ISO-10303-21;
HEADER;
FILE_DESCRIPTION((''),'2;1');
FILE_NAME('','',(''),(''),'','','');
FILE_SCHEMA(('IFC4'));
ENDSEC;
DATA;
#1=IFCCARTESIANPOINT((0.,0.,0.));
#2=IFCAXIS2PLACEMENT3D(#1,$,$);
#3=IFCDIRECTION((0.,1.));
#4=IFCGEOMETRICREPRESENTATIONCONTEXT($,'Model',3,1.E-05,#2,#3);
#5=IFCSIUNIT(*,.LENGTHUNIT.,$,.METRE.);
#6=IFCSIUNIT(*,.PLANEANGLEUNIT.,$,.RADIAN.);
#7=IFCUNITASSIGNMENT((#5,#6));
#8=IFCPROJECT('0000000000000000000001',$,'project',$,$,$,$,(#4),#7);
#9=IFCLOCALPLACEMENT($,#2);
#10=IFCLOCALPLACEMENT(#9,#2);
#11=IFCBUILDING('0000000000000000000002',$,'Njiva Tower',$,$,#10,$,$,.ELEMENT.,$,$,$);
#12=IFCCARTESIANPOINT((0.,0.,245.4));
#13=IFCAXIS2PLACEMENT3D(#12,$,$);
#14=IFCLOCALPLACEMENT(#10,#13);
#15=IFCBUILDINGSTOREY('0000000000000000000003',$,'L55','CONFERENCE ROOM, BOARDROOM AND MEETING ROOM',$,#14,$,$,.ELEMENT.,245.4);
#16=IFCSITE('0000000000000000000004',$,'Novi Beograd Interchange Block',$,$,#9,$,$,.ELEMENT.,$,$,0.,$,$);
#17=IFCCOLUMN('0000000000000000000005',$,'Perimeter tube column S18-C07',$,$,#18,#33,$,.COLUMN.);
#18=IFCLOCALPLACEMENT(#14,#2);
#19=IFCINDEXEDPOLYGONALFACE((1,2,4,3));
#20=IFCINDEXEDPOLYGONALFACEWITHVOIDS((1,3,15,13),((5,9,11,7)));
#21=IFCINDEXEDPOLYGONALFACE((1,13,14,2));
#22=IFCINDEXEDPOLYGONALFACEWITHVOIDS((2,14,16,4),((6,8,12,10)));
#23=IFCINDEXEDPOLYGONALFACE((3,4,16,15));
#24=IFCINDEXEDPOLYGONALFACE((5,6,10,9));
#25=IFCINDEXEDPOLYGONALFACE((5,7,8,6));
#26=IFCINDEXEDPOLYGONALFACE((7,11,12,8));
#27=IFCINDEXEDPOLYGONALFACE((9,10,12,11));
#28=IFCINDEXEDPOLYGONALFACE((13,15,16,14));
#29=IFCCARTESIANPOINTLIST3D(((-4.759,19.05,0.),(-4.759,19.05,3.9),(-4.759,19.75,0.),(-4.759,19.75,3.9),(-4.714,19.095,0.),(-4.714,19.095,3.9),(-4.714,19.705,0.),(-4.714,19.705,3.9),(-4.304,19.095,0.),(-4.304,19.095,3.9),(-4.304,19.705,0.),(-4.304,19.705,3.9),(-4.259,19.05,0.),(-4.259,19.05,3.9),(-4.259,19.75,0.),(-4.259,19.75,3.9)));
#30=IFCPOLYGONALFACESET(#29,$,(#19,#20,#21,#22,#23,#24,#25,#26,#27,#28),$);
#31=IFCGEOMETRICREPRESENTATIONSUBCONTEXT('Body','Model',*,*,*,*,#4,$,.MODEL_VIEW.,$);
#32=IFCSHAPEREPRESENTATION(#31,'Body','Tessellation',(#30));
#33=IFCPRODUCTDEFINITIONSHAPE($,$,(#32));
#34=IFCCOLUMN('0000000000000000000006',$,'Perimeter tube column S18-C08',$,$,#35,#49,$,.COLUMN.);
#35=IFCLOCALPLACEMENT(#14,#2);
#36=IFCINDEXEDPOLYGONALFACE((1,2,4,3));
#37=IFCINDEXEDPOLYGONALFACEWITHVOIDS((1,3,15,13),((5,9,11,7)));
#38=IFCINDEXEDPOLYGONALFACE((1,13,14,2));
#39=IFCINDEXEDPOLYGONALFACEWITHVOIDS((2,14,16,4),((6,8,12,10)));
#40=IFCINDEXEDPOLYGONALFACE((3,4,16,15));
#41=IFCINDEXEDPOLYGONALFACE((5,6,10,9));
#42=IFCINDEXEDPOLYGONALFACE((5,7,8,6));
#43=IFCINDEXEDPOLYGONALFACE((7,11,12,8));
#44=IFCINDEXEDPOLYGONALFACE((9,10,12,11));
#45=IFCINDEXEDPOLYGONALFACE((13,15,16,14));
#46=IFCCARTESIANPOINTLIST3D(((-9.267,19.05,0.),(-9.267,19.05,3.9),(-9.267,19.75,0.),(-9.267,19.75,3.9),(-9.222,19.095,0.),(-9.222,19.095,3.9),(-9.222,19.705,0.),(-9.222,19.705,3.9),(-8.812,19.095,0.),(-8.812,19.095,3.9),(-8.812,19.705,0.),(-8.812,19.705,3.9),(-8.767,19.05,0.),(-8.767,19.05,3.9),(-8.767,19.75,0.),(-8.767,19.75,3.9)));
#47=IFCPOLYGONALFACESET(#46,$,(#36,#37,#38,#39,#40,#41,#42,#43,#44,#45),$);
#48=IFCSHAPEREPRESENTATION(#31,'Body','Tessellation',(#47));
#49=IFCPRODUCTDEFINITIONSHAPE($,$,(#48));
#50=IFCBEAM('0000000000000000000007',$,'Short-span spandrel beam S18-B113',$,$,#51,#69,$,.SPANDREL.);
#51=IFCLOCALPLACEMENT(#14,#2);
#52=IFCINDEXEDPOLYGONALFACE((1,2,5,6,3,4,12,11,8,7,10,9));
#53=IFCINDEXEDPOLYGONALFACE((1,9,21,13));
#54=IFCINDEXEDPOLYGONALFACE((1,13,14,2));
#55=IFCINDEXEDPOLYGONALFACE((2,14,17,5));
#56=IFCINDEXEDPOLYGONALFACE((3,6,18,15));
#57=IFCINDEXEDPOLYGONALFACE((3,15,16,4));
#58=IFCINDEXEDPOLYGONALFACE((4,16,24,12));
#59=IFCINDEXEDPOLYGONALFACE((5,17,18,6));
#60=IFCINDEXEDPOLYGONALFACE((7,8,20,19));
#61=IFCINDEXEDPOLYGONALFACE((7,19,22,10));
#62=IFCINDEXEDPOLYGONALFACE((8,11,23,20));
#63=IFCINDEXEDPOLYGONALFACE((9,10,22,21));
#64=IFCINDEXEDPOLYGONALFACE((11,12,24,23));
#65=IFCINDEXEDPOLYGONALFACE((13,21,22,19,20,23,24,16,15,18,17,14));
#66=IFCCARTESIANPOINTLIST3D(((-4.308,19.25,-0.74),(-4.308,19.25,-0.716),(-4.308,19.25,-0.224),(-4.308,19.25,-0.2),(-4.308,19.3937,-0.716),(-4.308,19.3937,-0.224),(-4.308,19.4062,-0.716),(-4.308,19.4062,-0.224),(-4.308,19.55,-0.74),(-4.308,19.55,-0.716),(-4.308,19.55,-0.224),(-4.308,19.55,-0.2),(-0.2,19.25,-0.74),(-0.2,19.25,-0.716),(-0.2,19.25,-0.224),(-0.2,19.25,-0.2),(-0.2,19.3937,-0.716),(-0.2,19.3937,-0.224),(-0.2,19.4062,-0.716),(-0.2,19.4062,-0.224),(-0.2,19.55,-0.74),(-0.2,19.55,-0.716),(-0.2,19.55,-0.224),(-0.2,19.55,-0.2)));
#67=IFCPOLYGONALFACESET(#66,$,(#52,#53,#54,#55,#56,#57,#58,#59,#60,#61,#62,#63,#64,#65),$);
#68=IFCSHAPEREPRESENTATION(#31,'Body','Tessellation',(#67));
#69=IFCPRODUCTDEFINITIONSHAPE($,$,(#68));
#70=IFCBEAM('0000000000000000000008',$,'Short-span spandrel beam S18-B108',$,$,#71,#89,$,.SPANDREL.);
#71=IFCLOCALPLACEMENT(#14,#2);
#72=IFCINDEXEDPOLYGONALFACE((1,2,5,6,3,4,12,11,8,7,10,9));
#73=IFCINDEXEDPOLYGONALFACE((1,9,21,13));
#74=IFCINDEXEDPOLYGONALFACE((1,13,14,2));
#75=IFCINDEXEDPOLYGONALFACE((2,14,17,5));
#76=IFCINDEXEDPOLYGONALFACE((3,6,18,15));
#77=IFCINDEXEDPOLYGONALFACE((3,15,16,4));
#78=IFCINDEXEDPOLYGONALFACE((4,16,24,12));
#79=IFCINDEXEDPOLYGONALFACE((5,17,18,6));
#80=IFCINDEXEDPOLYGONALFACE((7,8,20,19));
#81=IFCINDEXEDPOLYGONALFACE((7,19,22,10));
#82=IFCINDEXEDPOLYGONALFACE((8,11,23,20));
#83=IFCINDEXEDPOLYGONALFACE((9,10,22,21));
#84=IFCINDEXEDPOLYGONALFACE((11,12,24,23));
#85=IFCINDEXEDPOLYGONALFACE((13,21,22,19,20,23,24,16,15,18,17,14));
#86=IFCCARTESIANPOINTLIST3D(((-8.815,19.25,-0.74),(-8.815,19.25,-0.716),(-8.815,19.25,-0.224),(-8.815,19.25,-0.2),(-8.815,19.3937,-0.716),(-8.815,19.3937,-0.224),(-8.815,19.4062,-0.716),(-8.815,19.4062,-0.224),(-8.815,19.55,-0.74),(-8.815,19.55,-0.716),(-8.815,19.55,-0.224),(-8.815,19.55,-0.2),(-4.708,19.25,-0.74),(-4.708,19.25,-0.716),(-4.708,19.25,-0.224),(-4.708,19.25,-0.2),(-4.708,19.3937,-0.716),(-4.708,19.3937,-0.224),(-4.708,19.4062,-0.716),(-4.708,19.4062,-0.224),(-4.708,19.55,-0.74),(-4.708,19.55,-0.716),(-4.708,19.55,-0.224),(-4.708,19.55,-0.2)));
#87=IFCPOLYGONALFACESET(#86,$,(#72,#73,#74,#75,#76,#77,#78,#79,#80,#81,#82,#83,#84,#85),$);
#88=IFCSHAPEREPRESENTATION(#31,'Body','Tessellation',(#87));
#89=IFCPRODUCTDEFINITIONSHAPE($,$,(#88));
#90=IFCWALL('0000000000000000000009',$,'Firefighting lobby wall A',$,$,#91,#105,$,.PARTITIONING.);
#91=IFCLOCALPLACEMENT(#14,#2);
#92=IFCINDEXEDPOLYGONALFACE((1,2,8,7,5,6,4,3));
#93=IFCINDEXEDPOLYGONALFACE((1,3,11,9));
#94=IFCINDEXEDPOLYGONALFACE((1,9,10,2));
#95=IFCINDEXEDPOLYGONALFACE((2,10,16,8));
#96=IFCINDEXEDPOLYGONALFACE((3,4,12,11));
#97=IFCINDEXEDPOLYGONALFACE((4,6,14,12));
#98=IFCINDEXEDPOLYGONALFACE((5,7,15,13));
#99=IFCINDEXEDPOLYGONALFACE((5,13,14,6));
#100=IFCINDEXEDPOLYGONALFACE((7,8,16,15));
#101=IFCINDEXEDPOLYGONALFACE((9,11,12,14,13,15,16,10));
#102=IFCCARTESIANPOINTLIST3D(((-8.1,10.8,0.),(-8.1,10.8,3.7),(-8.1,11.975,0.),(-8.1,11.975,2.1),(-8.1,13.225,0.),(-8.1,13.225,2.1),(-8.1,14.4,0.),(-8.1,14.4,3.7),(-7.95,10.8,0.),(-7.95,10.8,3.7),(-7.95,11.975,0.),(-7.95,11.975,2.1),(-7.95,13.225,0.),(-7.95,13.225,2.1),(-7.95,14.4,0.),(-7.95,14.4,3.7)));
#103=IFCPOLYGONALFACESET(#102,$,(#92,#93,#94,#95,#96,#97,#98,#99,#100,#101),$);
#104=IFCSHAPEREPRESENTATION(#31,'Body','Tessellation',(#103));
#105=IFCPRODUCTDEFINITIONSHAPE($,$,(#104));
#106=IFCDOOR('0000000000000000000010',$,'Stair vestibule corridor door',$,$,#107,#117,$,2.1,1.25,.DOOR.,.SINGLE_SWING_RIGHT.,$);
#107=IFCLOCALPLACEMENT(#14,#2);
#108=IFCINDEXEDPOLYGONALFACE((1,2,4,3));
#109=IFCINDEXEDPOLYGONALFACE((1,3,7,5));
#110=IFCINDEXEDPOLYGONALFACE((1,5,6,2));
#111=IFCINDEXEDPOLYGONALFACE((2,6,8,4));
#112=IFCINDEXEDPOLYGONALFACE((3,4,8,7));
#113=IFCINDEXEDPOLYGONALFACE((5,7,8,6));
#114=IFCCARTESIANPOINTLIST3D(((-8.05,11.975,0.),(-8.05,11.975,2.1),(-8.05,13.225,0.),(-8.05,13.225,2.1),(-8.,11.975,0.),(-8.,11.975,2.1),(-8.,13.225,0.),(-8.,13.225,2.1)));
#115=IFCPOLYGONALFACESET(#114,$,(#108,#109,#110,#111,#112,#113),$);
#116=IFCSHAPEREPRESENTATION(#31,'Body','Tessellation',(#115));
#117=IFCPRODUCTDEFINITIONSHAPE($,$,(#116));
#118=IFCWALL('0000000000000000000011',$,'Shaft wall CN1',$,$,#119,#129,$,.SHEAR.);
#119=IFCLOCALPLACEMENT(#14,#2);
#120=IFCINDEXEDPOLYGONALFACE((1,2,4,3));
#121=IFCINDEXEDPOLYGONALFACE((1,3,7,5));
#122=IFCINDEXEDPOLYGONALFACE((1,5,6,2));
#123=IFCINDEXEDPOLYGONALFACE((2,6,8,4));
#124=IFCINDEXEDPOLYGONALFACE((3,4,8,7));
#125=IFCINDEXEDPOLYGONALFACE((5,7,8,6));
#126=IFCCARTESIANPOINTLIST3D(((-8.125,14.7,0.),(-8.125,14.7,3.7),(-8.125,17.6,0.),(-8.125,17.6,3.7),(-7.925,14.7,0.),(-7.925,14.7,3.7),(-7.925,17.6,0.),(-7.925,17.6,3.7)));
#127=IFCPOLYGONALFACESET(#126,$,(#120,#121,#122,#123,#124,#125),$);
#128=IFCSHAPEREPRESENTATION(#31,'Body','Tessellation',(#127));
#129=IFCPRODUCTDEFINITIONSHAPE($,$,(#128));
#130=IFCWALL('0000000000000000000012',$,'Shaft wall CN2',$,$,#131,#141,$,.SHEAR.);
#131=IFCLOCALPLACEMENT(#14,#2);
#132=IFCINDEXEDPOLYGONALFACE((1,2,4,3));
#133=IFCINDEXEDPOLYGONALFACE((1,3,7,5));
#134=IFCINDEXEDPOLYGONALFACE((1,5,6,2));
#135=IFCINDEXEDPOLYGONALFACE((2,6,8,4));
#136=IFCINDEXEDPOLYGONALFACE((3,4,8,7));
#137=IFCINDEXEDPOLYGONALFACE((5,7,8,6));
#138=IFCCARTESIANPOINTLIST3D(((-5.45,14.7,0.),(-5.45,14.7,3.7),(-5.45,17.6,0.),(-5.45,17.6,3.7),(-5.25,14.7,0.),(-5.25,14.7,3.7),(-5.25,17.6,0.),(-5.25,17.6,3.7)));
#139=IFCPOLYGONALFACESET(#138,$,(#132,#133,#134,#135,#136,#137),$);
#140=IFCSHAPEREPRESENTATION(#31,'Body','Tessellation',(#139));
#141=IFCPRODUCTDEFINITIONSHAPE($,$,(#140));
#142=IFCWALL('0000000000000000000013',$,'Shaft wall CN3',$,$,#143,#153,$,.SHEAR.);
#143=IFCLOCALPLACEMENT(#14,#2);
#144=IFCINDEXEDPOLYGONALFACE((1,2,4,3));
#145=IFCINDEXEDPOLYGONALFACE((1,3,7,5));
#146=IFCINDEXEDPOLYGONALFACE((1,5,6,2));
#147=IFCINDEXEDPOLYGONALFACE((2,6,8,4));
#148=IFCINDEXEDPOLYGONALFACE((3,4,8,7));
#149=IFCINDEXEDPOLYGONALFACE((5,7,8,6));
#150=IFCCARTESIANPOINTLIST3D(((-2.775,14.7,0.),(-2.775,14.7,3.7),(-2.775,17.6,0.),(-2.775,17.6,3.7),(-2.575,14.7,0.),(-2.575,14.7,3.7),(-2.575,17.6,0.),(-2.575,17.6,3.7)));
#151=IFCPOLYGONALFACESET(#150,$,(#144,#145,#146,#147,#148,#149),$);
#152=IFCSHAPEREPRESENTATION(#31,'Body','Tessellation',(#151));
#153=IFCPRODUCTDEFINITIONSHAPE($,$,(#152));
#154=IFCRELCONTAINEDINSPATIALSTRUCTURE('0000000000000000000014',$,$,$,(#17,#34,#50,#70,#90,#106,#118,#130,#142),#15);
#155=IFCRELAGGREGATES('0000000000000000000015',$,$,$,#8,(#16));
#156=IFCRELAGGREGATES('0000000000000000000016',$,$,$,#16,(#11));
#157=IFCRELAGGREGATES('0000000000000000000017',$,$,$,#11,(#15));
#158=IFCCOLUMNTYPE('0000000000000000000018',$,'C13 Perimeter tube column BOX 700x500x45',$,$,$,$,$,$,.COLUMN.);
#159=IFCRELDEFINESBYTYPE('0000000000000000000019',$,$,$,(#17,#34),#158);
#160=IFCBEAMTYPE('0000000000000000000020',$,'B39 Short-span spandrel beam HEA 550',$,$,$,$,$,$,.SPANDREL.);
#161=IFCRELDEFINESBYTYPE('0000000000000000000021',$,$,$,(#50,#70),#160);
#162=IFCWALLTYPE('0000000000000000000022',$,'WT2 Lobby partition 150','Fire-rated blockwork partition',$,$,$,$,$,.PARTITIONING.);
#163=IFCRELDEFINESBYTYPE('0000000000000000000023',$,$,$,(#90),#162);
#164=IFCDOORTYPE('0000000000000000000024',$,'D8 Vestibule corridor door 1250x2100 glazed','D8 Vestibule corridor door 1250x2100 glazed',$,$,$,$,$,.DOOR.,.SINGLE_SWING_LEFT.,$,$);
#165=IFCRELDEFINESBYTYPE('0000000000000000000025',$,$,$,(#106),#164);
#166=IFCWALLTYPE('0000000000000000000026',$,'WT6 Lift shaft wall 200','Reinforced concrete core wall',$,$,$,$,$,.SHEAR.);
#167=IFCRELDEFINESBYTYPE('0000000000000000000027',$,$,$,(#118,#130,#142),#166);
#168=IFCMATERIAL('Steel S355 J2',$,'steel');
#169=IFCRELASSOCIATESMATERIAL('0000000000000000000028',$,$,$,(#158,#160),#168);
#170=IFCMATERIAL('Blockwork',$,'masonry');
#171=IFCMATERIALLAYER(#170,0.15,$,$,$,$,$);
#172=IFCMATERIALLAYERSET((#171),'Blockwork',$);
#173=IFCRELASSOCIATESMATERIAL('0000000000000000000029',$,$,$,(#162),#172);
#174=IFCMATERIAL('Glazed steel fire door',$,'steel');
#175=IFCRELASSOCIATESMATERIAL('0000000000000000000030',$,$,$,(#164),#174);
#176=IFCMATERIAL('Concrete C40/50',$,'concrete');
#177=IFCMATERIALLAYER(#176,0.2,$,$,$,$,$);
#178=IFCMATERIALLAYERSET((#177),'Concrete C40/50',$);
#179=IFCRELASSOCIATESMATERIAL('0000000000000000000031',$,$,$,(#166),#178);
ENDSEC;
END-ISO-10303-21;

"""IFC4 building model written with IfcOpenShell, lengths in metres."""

from ifc_helpers import new_model, si_unit, direction, frame, frame_2d, origin, origin_2d, place, context, subcontext, project, spatial, rectangle, hollow_rectangle, i_section, extrude, material, layer, layer_set, material_profile, profile_set, type_object, element, fill, save


model = new_model("IFC4")

# Units and contexts
model_context = context("Model", 3, precision=1e-05, world=origin(), true_north=direction((0.0, 1.0)))
body_context = subcontext(model_context, "Body", "Model", "MODEL_VIEW")
ifc_project = project(units=[si_unit("LENGTHUNIT", "METRE"), si_unit("PLANEANGLEUNIT", "RADIAN")], contexts=[model_context])

# Site, building, storey
site_placement = place(None, origin())
site = spatial("IfcSite", under=ifc_project, at=site_placement, Name="Novi Beograd Interchange Block", CompositionType="ELEMENT", RefElevation=0.0)
building_placement = place(site_placement, origin())
building = spatial("IfcBuilding", under=site, at=building_placement, Name="Njiva Tower", CompositionType="ELEMENT")
storey_placement = place(building_placement, frame((0.0, 0.0, 245.4)))
storey = spatial("IfcBuildingStorey", under=building, at=storey_placement, Name="L55", Description="CONFERENCE ROOM, BOARDROOM AND MEETING ROOM", CompositionType="ELEMENT", Elevation=245.4)

# Columns
ifc_material_1 = material(Name="Steel S355 J2", Category="steel")
ifc_material_profile_1 = material_profile(ifc_material_1, hollow_rectangle(XDim=0.5, YDim=0.7, WallThickness=0.045, at=origin_2d()), Name="BOX 700x500x45")
ifc_profile_set_1 = profile_set([ifc_material_profile_1], Name="Steel S355 J2")
column_type = type_object("IfcColumnType", Name="C13 Perimeter tube column BOX 700x500x45", PredefinedType="COLUMN", material=ifc_profile_set_1)
for number, where, z_axis, x_axis, name in (
    (1, (-4.509, 19.4, 0.0), (0.0, 0.0, 1.0), (-1.0, 0.0, 0.0), "Perimeter tube column S18-C07"),
    (2, (-9.017, 19.4, 0.0), (0.0, 0.0, 1.0), (-1.0, 0.0, 0.0), "Perimeter tube column S18-C08"),
):
    element("IfcColumn", number, at=place(storey_placement, frame(where, z_axis=z_axis, x_axis=x_axis)), inside=storey, type_object=column_type, Name=name, PredefinedType="COLUMN", context=body_context, shape_type="SweptSolid", body=[
        extrude(hollow_rectangle(XDim=0.5, YDim=0.7, WallThickness=0.045, at=origin_2d()), origin(), (0.0, 0.0, 1.0), 3.9),
    ])

# Beams
ifc_material_profile_2 = material_profile(ifc_material_1, i_section(OverallWidth=0.3, OverallDepth=0.54, WebThickness=0.0125, FlangeThickness=0.024, at=origin_2d()), Name="HEA 550")
ifc_profile_set_2 = profile_set([ifc_material_profile_2], Name="Steel S355 J2")
beam_type = type_object("IfcBeamType", Name="B39 Short-span spandrel beam HEA 550", PredefinedType="SPANDREL", material=ifc_profile_set_2)
beam_1_placement = place(storey_placement, frame((-0.2, 19.4, -0.47), z_axis=(-1.0, 0.0, 0.0), x_axis=(0.0, -1.0, 0.0)))
element("IfcBeam", 3, at=beam_1_placement, inside=storey, type_object=beam_type, Name="Short-span spandrel beam S18-B113", PredefinedType="SPANDREL", context=body_context, shape_type="SweptSolid", body=[
    extrude(i_section(OverallWidth=0.3, OverallDepth=0.54, WebThickness=0.0125, FlangeThickness=0.024, at=origin_2d()), origin(), (0.0, 0.0, 1.0), 4.108),
])
beam_2_placement = place(storey_placement, frame((-4.708, 19.4, -0.47), z_axis=(-1.0, 0.0, 0.0), x_axis=(0.0, -1.0, 0.0)))
element("IfcBeam", 4, at=beam_2_placement, inside=storey, type_object=beam_type, Name="Short-span spandrel beam S18-B108", PredefinedType="SPANDREL", context=body_context, shape_type="SweptSolid", body=[
    extrude(i_section(OverallWidth=0.3, OverallDepth=0.54, WebThickness=0.0125, FlangeThickness=0.024, at=origin_2d()), origin(), (0.0, 0.0, 1.0), 4.107),
])

# Wall, opening, door
ifc_material_2 = material(Name="Blockwork", Category="masonry")
ifc_layer_1 = layer(ifc_material_2, 0.15)
ifc_layer_set_1 = layer_set([ifc_layer_1], Name="Blockwork")
wall_type_1 = type_object("IfcWallType", Name="WT2 Lobby partition 150", Description="Fire-rated blockwork partition", PredefinedType="PARTITIONING", material=ifc_layer_set_1)
wall_placement = place(storey_placement, frame((-8.025, 10.8, 0.0), z_axis=(0.0, 0.0, 1.0), x_axis=(0.0, 1.0, 0.0)))
wall = element("IfcWall", 5, at=wall_placement, inside=storey, type_object=wall_type_1, Name="Firefighting lobby wall A", PredefinedType="PARTITIONING", context=body_context, shape_type="SweptSolid", body=[
    extrude(rectangle(XDim=3.6, YDim=0.15, at=frame_2d((1.8, 0.0))), origin(), (0.0, 0.0, 1.0), 3.7),
])
opening_placement = place(wall_placement, frame((1.175, 0.0, 0.0)))
opening = element("IfcOpeningElement", 6, at=opening_placement, cuts=wall, PredefinedType="OPENING", context=body_context, shape_type="SweptSolid", body=[
    extrude(rectangle(XDim=1.25, YDim=2.1, at=frame_2d((0.625, 1.05))), frame((0.0, 0.085, 0.0), z_axis=(0.0, -1.0, 0.0), x_axis=(1.0, 0.0, 0.0)), (0.0, 0.0, 1.0), 0.17),
])
ifc_material_3 = material(Name="Glazed steel fire door", Category="steel")
door_type = type_object("IfcDoorType", Name="D8 Vestibule corridor door 1250x2100 glazed", Description="D8 Vestibule corridor door 1250x2100 glazed", OperationType="SINGLE_SWING_LEFT", PredefinedType="DOOR", material=ifc_material_3)
door_placement = place(opening_placement, origin())
door = element("IfcDoor", 7, at=door_placement, inside=storey, type_object=door_type, Name="Stair vestibule corridor door", OperationType="SINGLE_SWING_RIGHT", OverallHeight=2.1, OverallWidth=1.25, PredefinedType="DOOR", context=body_context, shape_type="SweptSolid", body=[
    extrude(rectangle(XDim=1.25, YDim=2.1, at=frame_2d((0.625, 1.05))), frame((0.0, 0.025, 0.0), z_axis=(0.0, -1.0, 0.0), x_axis=(1.0, 0.0, 0.0)), (0.0, 0.0, 1.0), 0.05),
])
fill(opening, door)

# Walls
ifc_material_4 = material(Name="Concrete C40/50", Category="concrete")
ifc_layer_2 = layer(ifc_material_4, 0.2)
ifc_layer_set_2 = layer_set([ifc_layer_2], Name="Concrete C40/50")
wall_type_2 = type_object("IfcWallType", Name="WT6 Lift shaft wall 200", Description="Reinforced concrete core wall", PredefinedType="SHEAR", material=ifc_layer_set_2)
for number, where, z_axis, x_axis, name in (
    (8, (-8.025, 14.7, 0.0), (0.0, 0.0, 1.0), (0.0, 1.0, 0.0), "Shaft wall CN1"),
    (9, (-5.35, 14.7, 0.0), (0.0, 0.0, 1.0), (0.0, 1.0, 0.0), "Shaft wall CN2"),
    (10, (-2.675, 14.7, 0.0), (0.0, 0.0, 1.0), (0.0, 1.0, 0.0), "Shaft wall CN3"),
):
    element("IfcWall", number, at=place(storey_placement, frame(where, z_axis=z_axis, x_axis=x_axis)), inside=storey, type_object=wall_type_2, Name=name, PredefinedType="SHEAR", context=body_context, shape_type="SweptSolid", body=[
        extrude(rectangle(XDim=2.9, YDim=0.2, at=frame_2d((1.45, 0.0))), origin(), (0.0, 0.0, 1.0), 3.7),
    ])

save(model, "model.ifc")
